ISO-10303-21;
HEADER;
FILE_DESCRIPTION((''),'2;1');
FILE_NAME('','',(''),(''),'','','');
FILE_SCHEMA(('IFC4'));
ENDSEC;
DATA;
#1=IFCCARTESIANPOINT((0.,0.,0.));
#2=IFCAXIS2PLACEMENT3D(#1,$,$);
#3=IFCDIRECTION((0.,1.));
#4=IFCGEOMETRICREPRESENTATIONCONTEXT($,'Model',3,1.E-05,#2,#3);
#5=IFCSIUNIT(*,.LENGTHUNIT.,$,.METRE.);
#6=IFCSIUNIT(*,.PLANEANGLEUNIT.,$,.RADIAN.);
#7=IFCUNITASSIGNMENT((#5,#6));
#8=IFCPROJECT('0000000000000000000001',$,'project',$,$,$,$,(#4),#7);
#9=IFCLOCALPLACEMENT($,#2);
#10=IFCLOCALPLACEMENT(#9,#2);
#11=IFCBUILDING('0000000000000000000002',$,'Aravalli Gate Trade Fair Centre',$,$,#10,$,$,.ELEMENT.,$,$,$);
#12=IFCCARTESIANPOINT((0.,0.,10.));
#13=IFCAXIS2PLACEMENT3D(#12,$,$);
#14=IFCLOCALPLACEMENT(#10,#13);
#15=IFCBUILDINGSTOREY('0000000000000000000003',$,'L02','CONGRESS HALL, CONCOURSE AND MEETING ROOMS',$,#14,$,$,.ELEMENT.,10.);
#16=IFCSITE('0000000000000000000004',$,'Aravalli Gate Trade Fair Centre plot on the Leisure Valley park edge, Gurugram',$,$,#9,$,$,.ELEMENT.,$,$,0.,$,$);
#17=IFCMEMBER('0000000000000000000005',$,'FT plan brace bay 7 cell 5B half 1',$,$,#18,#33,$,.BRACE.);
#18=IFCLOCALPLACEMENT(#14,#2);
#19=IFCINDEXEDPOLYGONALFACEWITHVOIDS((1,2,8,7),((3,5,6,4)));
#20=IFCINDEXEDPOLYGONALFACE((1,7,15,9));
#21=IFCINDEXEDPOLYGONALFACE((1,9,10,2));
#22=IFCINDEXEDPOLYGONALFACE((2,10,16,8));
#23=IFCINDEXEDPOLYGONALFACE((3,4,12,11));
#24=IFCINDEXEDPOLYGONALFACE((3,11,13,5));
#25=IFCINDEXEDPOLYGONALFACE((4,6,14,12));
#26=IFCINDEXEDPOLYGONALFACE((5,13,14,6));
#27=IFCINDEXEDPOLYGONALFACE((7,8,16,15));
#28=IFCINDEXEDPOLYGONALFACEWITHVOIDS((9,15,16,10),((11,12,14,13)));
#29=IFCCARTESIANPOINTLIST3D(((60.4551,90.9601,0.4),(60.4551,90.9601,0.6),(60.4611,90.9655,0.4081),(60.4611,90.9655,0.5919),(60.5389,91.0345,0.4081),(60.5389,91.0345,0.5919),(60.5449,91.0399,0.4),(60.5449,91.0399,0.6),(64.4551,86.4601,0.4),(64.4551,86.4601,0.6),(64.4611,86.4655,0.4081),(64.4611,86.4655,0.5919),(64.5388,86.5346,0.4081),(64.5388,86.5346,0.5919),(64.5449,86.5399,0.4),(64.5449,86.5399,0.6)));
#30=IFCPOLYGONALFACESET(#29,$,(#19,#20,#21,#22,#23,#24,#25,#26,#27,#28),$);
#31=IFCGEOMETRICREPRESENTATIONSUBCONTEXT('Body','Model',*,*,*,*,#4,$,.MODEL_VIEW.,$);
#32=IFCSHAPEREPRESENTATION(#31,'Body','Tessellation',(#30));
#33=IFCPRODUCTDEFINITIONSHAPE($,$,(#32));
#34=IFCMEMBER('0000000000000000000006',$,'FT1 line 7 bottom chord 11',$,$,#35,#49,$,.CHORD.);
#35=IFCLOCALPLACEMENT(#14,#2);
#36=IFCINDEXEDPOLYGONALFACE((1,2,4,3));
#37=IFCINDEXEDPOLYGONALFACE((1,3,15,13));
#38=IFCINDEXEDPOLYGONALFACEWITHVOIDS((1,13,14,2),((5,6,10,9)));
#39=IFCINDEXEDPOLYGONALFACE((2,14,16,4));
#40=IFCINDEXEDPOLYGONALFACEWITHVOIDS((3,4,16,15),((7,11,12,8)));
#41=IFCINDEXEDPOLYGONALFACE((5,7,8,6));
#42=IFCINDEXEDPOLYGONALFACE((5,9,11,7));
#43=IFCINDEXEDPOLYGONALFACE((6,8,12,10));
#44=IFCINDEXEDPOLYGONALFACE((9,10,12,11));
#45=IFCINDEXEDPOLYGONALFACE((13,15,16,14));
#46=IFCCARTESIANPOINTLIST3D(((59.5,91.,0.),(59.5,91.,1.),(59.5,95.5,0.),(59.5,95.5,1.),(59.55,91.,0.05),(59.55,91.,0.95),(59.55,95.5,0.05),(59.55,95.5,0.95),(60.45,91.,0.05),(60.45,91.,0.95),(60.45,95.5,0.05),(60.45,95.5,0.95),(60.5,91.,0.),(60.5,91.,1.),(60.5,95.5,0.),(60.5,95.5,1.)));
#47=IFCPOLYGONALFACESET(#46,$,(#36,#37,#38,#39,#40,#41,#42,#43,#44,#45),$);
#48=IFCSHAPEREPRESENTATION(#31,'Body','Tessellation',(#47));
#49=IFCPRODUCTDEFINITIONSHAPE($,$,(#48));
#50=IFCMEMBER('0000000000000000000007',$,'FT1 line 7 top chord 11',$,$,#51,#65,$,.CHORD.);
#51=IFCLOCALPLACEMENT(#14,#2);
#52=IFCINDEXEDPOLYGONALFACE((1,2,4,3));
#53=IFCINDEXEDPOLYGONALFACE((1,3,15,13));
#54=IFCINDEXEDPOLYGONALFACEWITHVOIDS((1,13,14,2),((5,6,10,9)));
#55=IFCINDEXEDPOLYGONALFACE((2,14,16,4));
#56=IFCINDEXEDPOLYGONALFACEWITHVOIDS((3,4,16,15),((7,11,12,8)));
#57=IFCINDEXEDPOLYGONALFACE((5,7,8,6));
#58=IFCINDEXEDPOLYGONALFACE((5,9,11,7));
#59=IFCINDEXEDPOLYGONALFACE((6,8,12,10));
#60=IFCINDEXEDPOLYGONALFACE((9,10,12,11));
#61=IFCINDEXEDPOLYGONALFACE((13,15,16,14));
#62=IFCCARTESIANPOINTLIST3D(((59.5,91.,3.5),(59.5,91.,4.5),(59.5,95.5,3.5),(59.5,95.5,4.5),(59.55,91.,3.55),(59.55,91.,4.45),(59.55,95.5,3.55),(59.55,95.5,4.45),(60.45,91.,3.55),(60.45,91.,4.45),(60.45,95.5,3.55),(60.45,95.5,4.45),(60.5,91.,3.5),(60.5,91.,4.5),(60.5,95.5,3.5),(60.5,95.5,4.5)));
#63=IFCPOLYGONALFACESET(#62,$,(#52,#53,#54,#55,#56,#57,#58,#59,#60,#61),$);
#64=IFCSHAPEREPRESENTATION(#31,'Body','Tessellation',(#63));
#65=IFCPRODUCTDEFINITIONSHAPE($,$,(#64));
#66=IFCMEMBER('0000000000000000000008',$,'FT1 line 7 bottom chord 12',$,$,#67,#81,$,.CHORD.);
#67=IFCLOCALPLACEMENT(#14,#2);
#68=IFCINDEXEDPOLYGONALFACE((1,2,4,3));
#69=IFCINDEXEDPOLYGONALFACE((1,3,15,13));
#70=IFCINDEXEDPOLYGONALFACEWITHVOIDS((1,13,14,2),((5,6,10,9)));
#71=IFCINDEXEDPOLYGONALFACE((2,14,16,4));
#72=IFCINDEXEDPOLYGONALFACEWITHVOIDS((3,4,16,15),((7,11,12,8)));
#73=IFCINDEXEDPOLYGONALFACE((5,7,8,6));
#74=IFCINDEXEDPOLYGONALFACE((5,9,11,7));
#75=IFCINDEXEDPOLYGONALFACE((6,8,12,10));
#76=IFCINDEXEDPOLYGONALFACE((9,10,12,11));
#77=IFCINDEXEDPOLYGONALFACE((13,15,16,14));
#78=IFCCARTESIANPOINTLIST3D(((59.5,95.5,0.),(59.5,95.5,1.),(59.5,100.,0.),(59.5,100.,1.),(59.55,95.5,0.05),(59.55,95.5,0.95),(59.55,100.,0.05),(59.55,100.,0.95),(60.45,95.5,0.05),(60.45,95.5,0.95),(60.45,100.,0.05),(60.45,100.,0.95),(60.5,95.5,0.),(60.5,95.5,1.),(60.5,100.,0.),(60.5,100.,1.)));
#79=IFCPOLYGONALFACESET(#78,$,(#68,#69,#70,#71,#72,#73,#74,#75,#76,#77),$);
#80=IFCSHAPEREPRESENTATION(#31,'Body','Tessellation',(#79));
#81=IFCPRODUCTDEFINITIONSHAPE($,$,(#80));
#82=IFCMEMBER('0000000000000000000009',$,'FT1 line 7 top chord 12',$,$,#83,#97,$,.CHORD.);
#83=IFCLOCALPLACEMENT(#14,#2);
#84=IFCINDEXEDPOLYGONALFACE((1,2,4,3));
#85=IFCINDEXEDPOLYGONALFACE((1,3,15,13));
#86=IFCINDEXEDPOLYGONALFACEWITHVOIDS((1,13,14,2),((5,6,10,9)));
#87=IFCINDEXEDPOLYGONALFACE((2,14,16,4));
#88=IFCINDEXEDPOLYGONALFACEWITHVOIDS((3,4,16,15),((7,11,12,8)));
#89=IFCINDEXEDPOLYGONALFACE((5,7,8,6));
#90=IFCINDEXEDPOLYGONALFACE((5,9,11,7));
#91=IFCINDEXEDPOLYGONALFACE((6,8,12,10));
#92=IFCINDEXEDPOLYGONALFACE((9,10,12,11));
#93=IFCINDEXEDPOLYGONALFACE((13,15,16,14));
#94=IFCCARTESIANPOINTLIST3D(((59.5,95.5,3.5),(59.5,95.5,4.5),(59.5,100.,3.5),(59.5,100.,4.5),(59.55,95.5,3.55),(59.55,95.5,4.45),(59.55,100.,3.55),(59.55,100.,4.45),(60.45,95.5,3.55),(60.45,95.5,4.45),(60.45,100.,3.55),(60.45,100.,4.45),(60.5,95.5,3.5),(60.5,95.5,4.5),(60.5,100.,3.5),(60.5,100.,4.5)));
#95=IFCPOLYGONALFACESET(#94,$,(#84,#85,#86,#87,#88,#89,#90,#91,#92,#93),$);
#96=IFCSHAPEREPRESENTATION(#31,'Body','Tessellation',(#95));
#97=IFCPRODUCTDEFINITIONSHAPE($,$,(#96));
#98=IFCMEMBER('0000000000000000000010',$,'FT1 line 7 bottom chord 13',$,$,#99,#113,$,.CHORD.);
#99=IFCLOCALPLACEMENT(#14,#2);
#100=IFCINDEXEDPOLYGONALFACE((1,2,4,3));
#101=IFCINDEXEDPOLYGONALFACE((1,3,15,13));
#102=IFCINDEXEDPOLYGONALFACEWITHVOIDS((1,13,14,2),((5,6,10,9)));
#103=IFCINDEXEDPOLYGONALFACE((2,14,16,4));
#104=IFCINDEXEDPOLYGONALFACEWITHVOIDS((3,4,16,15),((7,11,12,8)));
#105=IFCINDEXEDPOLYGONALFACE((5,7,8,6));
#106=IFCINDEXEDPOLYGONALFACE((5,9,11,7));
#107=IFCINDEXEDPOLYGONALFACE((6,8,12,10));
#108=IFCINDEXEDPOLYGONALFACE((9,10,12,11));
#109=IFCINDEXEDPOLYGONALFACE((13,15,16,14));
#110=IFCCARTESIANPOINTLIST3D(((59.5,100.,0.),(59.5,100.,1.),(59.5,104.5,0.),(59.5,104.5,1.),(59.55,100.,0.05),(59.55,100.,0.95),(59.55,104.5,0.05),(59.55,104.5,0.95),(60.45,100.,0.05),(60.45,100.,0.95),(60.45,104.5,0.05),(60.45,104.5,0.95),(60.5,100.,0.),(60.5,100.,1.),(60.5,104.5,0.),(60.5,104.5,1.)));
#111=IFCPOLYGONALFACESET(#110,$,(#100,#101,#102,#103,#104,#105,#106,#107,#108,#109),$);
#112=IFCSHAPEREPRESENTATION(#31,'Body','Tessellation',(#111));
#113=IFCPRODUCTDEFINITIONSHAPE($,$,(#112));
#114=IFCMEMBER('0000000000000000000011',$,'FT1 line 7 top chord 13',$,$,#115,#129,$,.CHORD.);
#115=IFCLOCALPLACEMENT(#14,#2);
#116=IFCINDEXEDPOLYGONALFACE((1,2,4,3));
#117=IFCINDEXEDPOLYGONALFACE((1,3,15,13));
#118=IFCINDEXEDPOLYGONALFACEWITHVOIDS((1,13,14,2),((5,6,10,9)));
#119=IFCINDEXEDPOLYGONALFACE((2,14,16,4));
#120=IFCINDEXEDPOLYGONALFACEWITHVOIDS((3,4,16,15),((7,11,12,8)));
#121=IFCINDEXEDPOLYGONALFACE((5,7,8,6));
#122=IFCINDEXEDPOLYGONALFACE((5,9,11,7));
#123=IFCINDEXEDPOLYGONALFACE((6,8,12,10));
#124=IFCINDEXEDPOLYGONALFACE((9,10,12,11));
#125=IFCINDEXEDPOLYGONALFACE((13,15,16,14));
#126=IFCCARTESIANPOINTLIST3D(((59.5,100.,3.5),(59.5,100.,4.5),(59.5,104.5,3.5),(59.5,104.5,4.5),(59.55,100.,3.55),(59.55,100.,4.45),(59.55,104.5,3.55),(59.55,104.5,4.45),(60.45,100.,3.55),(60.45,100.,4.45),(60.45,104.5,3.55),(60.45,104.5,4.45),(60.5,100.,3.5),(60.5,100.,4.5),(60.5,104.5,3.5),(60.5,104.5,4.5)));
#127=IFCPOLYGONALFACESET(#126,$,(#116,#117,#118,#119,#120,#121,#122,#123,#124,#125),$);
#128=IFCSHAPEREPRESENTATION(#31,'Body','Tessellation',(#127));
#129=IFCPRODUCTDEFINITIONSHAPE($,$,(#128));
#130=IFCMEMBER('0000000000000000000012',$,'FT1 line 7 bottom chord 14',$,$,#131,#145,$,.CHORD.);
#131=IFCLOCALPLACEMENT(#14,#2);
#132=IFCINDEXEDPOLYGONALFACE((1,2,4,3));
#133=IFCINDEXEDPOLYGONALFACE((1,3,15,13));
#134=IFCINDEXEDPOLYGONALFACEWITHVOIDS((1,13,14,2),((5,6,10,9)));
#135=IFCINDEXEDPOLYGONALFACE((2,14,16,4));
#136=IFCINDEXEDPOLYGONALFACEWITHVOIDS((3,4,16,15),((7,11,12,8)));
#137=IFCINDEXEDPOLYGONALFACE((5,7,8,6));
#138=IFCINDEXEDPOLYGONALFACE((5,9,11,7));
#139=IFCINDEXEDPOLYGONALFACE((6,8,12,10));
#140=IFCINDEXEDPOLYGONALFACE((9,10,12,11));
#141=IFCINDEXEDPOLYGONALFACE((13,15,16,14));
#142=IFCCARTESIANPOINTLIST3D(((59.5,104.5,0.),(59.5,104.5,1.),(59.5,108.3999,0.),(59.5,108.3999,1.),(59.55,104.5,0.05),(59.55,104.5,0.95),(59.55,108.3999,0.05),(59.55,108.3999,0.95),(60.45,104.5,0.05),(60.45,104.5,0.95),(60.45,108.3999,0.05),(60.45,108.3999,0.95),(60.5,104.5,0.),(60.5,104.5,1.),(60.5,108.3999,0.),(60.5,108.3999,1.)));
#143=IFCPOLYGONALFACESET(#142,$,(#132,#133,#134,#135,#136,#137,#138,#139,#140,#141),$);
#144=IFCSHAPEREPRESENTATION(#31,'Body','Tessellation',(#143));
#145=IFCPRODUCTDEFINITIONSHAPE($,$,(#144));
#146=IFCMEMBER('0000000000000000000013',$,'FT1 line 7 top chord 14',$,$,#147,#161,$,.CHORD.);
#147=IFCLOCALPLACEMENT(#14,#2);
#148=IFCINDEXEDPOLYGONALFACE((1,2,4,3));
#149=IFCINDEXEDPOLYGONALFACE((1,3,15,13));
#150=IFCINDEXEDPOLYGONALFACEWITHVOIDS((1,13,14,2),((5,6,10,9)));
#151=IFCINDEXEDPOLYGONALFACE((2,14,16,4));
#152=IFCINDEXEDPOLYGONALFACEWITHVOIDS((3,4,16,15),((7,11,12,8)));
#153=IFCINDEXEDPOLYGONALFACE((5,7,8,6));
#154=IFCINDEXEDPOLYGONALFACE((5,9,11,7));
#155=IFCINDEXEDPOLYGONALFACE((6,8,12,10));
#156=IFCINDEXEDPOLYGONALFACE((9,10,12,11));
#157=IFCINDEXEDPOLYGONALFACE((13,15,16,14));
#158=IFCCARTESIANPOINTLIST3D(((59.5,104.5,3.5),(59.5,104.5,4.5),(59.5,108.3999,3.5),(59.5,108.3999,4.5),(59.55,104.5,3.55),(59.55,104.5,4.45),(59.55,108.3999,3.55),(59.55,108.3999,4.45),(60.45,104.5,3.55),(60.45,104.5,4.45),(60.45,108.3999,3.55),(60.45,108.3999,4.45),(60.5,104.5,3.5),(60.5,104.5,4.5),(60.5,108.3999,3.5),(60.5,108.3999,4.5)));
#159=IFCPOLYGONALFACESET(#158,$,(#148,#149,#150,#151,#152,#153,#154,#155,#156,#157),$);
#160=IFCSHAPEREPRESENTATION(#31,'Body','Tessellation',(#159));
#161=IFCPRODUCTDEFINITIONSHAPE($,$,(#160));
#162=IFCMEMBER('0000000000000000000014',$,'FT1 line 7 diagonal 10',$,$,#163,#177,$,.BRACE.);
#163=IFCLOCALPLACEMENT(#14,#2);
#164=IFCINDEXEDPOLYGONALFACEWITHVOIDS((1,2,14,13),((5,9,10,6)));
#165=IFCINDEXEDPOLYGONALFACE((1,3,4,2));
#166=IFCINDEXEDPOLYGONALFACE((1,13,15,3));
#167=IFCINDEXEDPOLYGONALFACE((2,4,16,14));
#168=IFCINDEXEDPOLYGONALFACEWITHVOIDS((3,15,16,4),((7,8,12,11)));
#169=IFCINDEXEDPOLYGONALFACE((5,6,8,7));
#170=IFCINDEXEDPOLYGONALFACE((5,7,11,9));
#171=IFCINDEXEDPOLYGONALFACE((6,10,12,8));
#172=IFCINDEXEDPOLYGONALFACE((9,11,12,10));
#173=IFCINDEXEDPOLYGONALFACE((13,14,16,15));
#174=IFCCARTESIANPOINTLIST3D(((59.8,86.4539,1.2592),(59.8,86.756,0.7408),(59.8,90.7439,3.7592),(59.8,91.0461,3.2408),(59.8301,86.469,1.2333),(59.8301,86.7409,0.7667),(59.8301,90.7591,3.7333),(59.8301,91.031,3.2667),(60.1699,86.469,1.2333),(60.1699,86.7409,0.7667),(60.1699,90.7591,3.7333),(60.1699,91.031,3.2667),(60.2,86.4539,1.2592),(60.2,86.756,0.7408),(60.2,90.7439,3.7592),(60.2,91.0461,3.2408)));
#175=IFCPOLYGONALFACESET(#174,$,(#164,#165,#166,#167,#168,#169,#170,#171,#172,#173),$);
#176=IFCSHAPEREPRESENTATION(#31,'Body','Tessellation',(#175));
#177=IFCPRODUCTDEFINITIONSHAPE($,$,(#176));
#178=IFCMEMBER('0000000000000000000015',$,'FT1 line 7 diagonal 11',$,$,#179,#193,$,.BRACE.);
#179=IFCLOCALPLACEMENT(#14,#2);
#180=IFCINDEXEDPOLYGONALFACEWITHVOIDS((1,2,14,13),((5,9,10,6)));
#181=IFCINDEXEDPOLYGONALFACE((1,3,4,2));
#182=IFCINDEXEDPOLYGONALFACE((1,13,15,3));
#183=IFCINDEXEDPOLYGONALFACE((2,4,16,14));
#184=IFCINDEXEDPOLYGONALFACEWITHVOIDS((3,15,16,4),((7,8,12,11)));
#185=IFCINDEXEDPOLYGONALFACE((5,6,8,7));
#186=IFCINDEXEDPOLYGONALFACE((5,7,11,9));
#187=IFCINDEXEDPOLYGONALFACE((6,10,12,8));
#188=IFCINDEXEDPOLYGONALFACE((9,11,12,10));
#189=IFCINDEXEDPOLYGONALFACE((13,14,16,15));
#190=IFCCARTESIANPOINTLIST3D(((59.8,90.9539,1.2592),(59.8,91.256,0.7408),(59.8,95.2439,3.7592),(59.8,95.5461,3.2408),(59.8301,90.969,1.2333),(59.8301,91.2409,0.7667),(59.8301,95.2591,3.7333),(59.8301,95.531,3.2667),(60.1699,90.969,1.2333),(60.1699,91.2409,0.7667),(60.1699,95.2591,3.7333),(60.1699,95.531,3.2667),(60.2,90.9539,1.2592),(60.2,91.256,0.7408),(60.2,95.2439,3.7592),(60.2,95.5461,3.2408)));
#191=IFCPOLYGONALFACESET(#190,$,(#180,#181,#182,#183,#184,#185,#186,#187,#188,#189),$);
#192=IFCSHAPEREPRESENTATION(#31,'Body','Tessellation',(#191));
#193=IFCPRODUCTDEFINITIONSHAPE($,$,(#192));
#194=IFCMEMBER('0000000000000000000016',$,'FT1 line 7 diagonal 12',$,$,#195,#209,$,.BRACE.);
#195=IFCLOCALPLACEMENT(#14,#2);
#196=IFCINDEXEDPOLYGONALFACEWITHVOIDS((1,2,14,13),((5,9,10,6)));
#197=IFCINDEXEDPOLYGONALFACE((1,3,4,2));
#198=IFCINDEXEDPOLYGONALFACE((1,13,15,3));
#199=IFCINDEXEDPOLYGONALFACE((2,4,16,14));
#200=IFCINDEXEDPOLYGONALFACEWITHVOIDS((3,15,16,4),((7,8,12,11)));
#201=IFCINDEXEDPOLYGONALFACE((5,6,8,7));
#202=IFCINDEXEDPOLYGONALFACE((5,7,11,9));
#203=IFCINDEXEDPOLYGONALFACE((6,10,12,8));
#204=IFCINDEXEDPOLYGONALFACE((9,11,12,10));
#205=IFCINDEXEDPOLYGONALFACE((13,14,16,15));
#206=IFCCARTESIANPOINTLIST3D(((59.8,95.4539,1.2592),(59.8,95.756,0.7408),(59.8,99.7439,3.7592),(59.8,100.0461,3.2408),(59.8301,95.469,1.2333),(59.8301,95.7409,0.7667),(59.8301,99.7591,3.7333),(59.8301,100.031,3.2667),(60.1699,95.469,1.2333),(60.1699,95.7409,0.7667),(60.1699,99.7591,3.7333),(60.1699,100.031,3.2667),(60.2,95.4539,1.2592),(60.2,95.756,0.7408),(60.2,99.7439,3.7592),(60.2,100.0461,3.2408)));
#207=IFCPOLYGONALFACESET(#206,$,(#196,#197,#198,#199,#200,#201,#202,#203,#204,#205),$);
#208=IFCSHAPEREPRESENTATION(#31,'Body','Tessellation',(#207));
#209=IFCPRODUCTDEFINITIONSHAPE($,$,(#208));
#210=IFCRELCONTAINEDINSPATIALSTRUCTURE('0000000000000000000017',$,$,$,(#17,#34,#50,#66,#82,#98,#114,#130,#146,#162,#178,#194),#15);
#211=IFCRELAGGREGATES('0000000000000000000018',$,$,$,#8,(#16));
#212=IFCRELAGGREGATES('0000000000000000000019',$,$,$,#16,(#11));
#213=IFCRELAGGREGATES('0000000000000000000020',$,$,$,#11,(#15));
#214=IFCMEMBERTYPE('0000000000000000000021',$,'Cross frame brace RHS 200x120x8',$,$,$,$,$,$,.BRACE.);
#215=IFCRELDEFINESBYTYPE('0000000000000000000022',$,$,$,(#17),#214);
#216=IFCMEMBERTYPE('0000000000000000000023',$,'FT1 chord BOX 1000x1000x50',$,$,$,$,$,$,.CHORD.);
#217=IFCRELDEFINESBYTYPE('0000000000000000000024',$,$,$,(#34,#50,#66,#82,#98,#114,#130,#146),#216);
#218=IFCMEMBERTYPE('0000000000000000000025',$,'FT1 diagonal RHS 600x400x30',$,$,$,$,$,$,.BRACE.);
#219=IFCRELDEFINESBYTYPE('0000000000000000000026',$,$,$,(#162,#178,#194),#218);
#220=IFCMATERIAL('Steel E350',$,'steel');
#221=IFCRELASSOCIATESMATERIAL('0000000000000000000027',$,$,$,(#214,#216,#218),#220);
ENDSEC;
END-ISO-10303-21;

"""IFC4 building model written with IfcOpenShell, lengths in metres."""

from ifc_helpers import new_model, si_unit, direction, frame, origin, origin_2d, place, context, subcontext, project, spatial, hollow_rectangle, extrude, material, material_profile, profile_set, type_object, element, save


model = new_model("IFC4")

# Units and contexts
model_context = context("Model", 3, precision=1e-05, world=origin(), true_north=direction((0.0, 1.0)))
body_context = subcontext(model_context, "Body", "Model", "MODEL_VIEW")
ifc_project = project(units=[si_unit("LENGTHUNIT", "METRE"), si_unit("PLANEANGLEUNIT", "RADIAN")], contexts=[model_context])

# Site, building, storey
site_placement = place(None, origin())
site = spatial("IfcSite", under=ifc_project, at=site_placement, Name="Aravalli Gate Trade Fair Centre plot on the Leisure Valley park edge, Gurugram", CompositionType="ELEMENT", RefElevation=0.0)
building_placement = place(site_placement, origin())
building = spatial("IfcBuilding", under=site, at=building_placement, Name="Aravalli Gate Trade Fair Centre", CompositionType="ELEMENT")
storey_placement = place(building_placement, frame((0.0, 0.0, 10.0)))
storey = spatial("IfcBuildingStorey", under=building, at=storey_placement, Name="L02", Description="CONGRESS HALL, CONCOURSE AND MEETING ROOMS", CompositionType="ELEMENT", Elevation=10.0)

# Members
ifc_material_1 = material(Name="Steel E350", Category="steel")
ifc_material_profile_1 = material_profile(ifc_material_1, hollow_rectangle(XDim=0.1201, YDim=0.2, WallThickness=0.0081, at=origin_2d()), Name="RHS 200x120x8")
ifc_profile_set_1 = profile_set([ifc_material_profile_1], Name="Steel E350")
member_type_1 = type_object("IfcMemberType", Name="Cross frame brace RHS 200x120x8", PredefinedType="BRACE", material=ifc_profile_set_1)
member_placement = place(storey_placement, frame((60.5, 91.0, 0.5), z_axis=(0.664364, -0.747409, 0.0), x_axis=(0.747409, 0.664364, 0.0)))
element("IfcMember", 1, at=member_placement, inside=storey, type_object=member_type_1, Name="FT plan brace bay 7 cell 5B half 1", PredefinedType="BRACE", context=body_context, shape_type="SweptSolid", body=[
    extrude(hollow_rectangle(XDim=0.1201, YDim=0.2, WallThickness=0.0081, at=origin_2d()), origin(), (0.0, 0.0, 1.0), 6.0208),
])
ifc_material_profile_2 = material_profile(ifc_material_1, hollow_rectangle(XDim=1.0, YDim=1.0, WallThickness=0.05, at=origin_2d()), Name="BOX 1000x1000x50")
ifc_profile_set_2 = profile_set([ifc_material_profile_2], Name="Steel E350")
member_type_2 = type_object("IfcMemberType", Name="FT1 chord BOX 1000x1000x50", PredefinedType="CHORD", material=ifc_profile_set_2)
for number, where, z_axis, x_axis, name in (
    (2, (60.0, 91.0, 0.5), (0.0, 1.0, 0.0), (-1.0, 0.0, 0.0), "FT1 line 7 bottom chord 11"),
    (3, (60.0, 91.0, 4.0), (0.0, 1.0, 0.0), (-1.0, 0.0, 0.0), "FT1 line 7 top chord 11"),
    (4, (60.0, 95.5, 0.5), (0.0, 1.0, 0.0), (-1.0, 0.0, 0.0), "FT1 line 7 bottom chord 12"),
    (5, (60.0, 95.5, 4.0), (0.0, 1.0, 0.0), (-1.0, 0.0, 0.0), "FT1 line 7 top chord 12"),
    (6, (60.0, 100.0, 0.5), (0.0, 1.0, 0.0), (-1.0, 0.0, 0.0), "FT1 line 7 bottom chord 13"),
    (7, (60.0, 100.0, 4.0), (0.0, 1.0, 0.0), (-1.0, 0.0, 0.0), "FT1 line 7 top chord 13"),
):
    element("IfcMember", number, at=place(storey_placement, frame(where, z_axis=z_axis, x_axis=x_axis)), inside=storey, type_object=member_type_2, Name=name, PredefinedType="CHORD", context=body_context, shape_type="SweptSolid", body=[
        extrude(hollow_rectangle(XDim=1.0, YDim=1.0, WallThickness=0.05, at=origin_2d()), origin(), (0.0, 0.0, 1.0), 4.5),
    ])
for number, where, z_axis, x_axis, name in (
    (8, (60.0, 104.5, 0.5), (0.0, 1.0, 0.0), (-1.0, 0.0, 0.0), "FT1 line 7 bottom chord 14"),
    (9, (60.0, 104.5, 4.0), (0.0, 1.0, 0.0), (-1.0, 0.0, 0.0), "FT1 line 7 top chord 14"),
):
    element("IfcMember", number, at=place(storey_placement, frame(where, z_axis=z_axis, x_axis=x_axis)), inside=storey, type_object=member_type_2, Name=name, PredefinedType="CHORD", context=body_context, shape_type="SweptSolid", body=[
        extrude(hollow_rectangle(XDim=1.0, YDim=1.0, WallThickness=0.05, at=origin_2d()), origin(), (0.0, 0.0, 1.0), 3.8999),
    ])
ifc_material_profile_3 = material_profile(ifc_material_1, hollow_rectangle(XDim=0.3999, YDim=0.6001, WallThickness=0.03, at=origin_2d()), Name="RHS 600x400x30")
ifc_profile_set_3 = profile_set([ifc_material_profile_3], Name="Steel E350")
member_type_3 = type_object("IfcMemberType", Name="FT1 diagonal RHS 600x400x30", PredefinedType="BRACE", material=ifc_profile_set_3)
for number, where, z_axis, x_axis, name in (
    (10, (60.0, 90.895, 3.5), (0.0, -0.864, -0.503492), (1.0, 0.0, 0.0), "FT1 line 7 diagonal 10"),
    (11, (60.0, 95.395, 3.5), (0.0, -0.864, -0.503492), (1.0, 0.0, 0.0), "FT1 line 7 diagonal 11"),
    (12, (60.0, 99.895, 3.5), (0.0, -0.864, -0.503492), (1.0, 0.0, 0.0), "FT1 line 7 diagonal 12"),
):
    element("IfcMember", number, at=place(storey_placement, frame(where, z_axis=z_axis, x_axis=x_axis)), inside=storey, type_object=member_type_3, Name=name, PredefinedType="BRACE", context=body_context, shape_type="SweptSolid", body=[
        extrude(hollow_rectangle(XDim=0.3999, YDim=0.6001, WallThickness=0.03, at=origin_2d()), origin(), (0.0, 0.0, 1.0), 4.9653),
    ])

save(model, "model.ifc")
